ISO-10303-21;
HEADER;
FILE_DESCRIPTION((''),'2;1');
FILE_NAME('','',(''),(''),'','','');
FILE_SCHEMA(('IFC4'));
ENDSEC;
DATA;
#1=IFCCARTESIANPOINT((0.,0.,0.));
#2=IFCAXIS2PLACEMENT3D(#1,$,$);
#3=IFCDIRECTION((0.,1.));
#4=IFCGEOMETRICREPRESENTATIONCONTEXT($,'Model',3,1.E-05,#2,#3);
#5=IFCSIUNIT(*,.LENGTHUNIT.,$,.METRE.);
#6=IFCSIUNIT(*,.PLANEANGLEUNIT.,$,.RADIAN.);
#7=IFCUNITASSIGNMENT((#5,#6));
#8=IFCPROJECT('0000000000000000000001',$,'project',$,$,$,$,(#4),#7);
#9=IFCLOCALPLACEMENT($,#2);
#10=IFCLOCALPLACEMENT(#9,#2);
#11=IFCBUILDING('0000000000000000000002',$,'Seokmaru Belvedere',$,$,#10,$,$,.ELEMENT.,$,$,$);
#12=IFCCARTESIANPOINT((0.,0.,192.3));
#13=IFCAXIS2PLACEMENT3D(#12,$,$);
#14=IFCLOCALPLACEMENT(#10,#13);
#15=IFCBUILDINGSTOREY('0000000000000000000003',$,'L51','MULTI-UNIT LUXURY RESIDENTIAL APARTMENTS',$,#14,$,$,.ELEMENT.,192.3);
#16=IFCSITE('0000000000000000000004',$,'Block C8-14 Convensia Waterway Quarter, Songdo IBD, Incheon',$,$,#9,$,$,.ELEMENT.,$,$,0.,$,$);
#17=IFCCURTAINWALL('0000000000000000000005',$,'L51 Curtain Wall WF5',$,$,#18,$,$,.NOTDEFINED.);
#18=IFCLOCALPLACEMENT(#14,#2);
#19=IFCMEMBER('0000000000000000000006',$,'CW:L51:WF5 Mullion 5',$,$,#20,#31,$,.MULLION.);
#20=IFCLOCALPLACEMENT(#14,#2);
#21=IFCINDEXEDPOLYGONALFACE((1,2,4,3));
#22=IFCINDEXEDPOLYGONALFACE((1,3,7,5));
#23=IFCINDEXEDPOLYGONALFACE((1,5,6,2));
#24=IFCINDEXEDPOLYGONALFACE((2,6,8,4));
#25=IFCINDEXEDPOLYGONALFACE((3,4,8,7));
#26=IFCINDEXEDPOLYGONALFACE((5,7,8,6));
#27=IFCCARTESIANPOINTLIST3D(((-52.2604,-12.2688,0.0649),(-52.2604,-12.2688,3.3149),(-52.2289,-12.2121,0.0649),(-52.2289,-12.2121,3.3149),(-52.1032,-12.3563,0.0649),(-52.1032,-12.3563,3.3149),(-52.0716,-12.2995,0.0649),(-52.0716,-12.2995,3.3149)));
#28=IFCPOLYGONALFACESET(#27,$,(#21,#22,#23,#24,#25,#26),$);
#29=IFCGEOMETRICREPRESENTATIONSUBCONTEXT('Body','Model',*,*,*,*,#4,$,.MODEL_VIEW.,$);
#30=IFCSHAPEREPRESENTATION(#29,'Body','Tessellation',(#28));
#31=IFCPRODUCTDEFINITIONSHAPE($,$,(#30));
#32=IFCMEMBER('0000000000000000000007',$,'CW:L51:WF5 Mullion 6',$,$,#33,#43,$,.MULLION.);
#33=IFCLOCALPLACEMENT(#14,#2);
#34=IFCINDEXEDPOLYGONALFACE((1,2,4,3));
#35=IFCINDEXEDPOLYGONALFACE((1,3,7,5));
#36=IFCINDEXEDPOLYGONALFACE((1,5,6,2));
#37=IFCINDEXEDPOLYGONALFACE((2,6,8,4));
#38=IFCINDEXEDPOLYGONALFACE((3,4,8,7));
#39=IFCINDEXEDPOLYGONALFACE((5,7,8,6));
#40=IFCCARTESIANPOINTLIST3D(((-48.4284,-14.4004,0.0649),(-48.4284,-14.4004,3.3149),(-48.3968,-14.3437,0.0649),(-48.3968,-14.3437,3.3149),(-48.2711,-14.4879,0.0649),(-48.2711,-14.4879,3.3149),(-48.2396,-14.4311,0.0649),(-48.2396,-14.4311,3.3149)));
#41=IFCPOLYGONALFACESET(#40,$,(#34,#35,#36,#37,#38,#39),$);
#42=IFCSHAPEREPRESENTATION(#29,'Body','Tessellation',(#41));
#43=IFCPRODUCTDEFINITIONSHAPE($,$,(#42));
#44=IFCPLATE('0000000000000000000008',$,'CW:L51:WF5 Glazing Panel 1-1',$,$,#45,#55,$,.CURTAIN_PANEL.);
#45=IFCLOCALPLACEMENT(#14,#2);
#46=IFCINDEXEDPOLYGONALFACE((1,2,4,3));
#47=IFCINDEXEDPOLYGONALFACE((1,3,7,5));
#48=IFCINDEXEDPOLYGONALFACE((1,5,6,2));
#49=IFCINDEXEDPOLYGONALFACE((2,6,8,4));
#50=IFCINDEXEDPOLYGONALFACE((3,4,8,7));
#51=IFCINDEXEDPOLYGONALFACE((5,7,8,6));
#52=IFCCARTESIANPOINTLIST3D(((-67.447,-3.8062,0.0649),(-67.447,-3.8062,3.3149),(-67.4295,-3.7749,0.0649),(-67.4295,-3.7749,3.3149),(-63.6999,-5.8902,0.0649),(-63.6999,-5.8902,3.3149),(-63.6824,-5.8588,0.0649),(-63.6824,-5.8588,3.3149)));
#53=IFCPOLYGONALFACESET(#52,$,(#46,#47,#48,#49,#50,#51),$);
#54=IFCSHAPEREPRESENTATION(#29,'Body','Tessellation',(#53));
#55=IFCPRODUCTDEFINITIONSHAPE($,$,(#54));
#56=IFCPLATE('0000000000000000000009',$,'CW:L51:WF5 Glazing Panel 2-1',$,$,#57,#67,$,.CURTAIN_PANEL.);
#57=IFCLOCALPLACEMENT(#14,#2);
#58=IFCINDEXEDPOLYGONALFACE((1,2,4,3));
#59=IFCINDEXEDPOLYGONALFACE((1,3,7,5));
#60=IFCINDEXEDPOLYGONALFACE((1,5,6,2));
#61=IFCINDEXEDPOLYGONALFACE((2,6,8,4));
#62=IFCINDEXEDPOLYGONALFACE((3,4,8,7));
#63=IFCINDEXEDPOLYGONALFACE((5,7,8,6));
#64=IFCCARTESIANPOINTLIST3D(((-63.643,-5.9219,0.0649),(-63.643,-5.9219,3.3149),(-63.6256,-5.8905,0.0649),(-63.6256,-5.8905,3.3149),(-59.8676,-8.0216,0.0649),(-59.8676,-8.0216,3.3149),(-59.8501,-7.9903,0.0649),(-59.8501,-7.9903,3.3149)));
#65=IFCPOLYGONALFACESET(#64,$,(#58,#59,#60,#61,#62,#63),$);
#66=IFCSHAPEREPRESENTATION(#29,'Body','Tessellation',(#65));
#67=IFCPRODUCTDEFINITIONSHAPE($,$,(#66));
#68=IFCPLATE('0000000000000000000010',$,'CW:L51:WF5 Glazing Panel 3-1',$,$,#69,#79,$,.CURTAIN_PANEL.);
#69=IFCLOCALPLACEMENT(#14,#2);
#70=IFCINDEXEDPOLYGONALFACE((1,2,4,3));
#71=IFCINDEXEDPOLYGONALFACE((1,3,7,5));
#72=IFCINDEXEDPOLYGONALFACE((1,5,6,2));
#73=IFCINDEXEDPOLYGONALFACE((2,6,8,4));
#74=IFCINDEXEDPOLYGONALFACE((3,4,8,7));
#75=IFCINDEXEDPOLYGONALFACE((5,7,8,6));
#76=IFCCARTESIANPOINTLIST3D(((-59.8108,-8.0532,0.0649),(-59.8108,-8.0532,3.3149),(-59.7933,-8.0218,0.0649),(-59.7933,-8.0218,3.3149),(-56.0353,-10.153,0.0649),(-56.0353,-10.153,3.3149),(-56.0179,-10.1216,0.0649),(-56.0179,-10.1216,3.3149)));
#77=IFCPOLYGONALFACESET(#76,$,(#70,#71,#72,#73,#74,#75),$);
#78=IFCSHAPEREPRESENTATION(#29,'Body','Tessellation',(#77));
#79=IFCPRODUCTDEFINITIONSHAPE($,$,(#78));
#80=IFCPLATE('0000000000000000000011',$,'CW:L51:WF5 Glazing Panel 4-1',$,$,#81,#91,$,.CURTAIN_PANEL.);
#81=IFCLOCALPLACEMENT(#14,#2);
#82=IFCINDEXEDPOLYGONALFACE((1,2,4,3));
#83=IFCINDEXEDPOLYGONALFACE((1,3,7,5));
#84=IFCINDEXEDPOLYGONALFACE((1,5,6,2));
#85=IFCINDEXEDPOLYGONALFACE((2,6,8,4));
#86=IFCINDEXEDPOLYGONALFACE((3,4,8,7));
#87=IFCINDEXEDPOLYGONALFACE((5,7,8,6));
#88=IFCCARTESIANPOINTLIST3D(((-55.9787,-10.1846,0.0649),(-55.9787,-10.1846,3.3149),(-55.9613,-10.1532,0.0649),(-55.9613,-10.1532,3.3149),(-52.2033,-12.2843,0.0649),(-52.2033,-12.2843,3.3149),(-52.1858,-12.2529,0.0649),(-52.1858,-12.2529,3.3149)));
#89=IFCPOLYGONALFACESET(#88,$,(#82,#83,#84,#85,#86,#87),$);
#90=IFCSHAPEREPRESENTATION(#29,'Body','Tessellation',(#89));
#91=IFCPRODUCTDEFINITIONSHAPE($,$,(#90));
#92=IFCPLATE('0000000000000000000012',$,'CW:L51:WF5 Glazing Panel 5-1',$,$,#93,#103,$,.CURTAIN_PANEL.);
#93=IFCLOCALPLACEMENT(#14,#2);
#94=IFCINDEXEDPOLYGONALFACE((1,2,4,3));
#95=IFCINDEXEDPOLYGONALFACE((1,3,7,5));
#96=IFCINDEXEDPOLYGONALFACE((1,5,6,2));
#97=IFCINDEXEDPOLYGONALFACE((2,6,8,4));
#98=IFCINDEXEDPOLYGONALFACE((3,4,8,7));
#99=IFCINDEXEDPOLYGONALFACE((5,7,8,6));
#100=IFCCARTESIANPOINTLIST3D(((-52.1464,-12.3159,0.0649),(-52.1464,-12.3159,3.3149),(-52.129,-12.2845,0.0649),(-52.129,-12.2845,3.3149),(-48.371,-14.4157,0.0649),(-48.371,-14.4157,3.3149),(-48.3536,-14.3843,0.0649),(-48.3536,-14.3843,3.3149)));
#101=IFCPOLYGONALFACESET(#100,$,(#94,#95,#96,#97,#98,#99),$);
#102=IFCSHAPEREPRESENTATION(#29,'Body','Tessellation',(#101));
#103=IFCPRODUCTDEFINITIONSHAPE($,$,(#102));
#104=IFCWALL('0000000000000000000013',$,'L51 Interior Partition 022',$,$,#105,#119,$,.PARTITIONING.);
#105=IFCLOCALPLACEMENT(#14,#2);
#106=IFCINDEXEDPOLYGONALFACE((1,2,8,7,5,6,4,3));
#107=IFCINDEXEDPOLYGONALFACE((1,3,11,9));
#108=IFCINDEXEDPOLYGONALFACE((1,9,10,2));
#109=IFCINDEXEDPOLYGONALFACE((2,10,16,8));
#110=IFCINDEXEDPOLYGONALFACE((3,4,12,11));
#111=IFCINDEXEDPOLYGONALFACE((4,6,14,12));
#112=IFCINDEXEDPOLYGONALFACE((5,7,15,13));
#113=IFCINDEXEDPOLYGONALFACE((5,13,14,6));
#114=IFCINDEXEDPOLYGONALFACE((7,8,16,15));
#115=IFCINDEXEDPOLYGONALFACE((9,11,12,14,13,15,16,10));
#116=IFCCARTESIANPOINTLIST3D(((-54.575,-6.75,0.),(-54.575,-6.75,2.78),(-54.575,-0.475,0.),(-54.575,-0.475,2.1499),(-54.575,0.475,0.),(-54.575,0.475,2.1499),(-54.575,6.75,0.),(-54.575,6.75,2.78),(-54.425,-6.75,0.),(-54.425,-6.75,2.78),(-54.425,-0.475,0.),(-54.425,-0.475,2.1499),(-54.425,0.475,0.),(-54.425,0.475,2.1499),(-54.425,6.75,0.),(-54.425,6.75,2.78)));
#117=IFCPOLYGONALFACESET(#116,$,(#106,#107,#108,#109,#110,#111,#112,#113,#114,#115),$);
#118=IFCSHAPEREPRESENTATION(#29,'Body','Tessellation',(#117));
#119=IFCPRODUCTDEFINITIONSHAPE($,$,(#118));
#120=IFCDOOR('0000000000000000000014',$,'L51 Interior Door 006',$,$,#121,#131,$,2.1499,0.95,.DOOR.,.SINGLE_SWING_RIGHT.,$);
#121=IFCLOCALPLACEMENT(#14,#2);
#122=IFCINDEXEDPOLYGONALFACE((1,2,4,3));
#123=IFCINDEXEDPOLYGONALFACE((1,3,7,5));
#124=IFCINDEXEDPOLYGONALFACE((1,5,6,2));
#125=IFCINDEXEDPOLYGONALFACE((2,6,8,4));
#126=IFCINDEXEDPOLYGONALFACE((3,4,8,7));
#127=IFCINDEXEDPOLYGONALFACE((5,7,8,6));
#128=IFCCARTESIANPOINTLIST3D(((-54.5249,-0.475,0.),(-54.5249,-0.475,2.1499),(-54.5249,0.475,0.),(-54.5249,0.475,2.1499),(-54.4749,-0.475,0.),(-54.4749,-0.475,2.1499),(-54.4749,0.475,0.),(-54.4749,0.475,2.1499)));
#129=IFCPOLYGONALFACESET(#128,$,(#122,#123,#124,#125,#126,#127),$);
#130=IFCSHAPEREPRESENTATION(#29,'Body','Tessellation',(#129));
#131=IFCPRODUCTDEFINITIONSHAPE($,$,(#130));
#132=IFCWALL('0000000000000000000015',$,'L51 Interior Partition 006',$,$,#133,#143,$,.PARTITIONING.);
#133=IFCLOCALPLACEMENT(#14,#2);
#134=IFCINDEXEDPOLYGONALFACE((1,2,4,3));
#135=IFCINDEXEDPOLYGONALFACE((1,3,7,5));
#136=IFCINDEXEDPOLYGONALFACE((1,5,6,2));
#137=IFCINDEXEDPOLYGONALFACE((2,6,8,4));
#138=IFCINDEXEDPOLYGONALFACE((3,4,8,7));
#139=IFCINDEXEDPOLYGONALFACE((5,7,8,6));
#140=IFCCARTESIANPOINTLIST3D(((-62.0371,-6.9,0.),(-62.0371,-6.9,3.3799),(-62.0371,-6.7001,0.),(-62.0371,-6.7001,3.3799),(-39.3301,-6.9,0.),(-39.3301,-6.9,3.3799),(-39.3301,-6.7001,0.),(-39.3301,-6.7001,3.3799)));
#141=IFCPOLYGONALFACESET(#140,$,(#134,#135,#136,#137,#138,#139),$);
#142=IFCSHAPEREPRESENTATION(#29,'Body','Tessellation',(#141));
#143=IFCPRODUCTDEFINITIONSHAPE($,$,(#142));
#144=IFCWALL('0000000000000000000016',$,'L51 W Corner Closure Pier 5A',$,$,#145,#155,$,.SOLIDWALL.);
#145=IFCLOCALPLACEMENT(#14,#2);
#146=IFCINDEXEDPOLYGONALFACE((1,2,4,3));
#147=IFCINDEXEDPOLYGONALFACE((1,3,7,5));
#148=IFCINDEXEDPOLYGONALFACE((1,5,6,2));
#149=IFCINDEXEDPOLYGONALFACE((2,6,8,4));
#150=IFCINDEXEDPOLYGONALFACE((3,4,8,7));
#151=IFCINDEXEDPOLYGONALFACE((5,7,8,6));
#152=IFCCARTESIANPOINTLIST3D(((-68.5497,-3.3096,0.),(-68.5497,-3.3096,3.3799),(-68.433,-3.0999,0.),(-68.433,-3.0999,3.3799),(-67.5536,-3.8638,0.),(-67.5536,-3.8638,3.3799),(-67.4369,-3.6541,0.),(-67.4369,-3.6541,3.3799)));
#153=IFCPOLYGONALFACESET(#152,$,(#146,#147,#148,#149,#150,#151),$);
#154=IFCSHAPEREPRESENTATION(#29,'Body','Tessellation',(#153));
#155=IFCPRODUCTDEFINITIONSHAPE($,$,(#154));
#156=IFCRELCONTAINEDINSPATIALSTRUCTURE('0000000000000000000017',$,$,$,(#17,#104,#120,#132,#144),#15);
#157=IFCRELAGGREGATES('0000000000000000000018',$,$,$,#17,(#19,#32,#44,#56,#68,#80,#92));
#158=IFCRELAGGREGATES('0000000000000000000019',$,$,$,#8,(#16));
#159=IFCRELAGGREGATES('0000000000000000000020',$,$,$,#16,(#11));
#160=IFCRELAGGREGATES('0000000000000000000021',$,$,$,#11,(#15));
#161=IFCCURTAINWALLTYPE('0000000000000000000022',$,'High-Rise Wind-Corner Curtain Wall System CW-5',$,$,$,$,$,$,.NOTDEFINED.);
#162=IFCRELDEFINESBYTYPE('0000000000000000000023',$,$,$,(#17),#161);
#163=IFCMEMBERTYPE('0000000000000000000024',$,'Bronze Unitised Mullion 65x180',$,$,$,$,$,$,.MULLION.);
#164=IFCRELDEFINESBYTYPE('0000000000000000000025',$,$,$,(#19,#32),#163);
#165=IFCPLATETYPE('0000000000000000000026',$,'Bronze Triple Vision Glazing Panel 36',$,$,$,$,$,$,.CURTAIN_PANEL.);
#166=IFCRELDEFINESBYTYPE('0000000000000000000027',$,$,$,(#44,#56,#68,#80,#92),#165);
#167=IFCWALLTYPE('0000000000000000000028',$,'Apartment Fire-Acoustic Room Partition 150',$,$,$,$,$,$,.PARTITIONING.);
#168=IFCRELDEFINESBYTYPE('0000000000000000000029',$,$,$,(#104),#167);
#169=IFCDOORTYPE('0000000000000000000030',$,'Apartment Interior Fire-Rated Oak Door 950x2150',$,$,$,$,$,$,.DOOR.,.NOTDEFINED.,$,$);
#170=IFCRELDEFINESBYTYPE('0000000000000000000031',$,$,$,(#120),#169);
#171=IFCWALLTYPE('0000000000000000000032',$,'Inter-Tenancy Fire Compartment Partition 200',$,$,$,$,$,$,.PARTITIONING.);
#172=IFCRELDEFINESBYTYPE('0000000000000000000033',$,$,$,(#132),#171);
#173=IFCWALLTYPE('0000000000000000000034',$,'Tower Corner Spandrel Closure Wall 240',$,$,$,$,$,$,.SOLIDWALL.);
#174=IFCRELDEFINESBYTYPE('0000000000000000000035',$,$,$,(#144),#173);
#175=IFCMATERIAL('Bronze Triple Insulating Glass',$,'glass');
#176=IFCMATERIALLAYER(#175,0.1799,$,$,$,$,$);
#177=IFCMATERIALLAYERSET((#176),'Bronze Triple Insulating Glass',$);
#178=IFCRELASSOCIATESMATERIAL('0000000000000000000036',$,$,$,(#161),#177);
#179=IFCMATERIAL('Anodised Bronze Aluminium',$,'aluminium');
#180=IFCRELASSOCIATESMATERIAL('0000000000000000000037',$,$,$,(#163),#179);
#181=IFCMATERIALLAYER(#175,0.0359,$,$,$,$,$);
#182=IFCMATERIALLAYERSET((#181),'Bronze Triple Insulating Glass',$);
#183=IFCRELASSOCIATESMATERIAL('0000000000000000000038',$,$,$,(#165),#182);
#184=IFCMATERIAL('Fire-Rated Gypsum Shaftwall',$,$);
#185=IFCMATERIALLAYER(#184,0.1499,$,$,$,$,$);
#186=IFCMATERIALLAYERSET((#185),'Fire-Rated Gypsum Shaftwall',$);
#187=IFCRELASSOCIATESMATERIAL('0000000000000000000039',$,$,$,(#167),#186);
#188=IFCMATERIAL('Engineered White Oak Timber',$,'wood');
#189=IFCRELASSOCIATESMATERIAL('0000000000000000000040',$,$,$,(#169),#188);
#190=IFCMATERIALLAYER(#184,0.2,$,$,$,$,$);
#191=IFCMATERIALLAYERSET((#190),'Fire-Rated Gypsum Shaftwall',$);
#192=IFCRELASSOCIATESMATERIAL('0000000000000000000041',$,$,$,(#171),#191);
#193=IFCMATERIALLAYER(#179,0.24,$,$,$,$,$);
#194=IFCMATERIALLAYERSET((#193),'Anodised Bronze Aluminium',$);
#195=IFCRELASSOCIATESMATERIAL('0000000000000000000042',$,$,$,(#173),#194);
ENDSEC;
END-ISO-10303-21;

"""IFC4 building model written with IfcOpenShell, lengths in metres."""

from ifc_helpers import new_model, si_unit, direction, frame, frame_2d, origin, origin_2d, place, context, subcontext, project, spatial, rectangle, extrude, source, transform, mapped, material, layer, layer_set, material_profile, profile_set, type_object, type_shapes, element, fill, aggregate, save


model = new_model("IFC4")

# Units and contexts
model_context = context("Model", 3, precision=1e-05, world=origin(), true_north=direction((0.0, 1.0)))
body_context = subcontext(model_context, "Body", "Model", "MODEL_VIEW")
ifc_project = project(units=[si_unit("LENGTHUNIT", "METRE"), si_unit("PLANEANGLEUNIT", "RADIAN")], contexts=[model_context])

# Site, building, storey
site_placement = place(None, origin())
site = spatial("IfcSite", under=ifc_project, at=site_placement, Name="Block C8-14 Convensia Waterway Quarter, Songdo IBD, Incheon", CompositionType="ELEMENT", RefElevation=0.0)
building_placement = place(site_placement, origin())
building = spatial("IfcBuilding", under=site, at=building_placement, Name="Seokmaru Belvedere", CompositionType="ELEMENT")
storey_placement = place(building_placement, frame((0.0, 0.0, 192.3)))
storey = spatial("IfcBuildingStorey", under=building, at=storey_placement, Name="L51", Description="MULTI-UNIT LUXURY RESIDENTIAL APARTMENTS", CompositionType="ELEMENT", Elevation=192.3)

# Curtain wall, members, plates
ifc_material_1 = material(Name="Bronze Triple Insulating Glass", Category="glass")
ifc_layer_1 = layer(ifc_material_1, 0.1799)
ifc_layer_set_1 = layer_set([ifc_layer_1], Name="Bronze Triple Insulating Glass")
curtain_wall_type = type_object("IfcCurtainWallType", Name="High-Rise Wind-Corner Curtain Wall System CW-5", PredefinedType="NOTDEFINED", material=ifc_layer_set_1)
curtain_wall_placement = place(storey_placement, origin())
curtain_wall = element("IfcCurtainWall", 1, at=curtain_wall_placement, inside=storey, type_object=curtain_wall_type, Name="L51 Curtain Wall WF5", PredefinedType="NOTDEFINED")
ifc_material_2 = material(Name="Anodised Bronze Aluminium", Category="aluminium")
ifc_material_profile_1 = material_profile(ifc_material_2, rectangle(XDim=0.0649, YDim=0.1799, at=origin_2d()), Name="CW-M-65x180")
ifc_profile_set_1 = profile_set([ifc_material_profile_1], Name="Anodised Bronze Aluminium")
member_type_1 = type_object("IfcMemberType", Name="Bronze Unitised Mullion 65x180", PredefinedType="MULLION", material=ifc_profile_set_1)
shared_shape_1 = source(origin(), body_context, "Body", "SweptSolid", [
    extrude(rectangle(XDim=0.0649, YDim=0.1799, at=origin_2d()), origin(), (0.0, 0.0, 1.0), 3.25),
])
member_1_placement = place(storey_placement, frame((-52.166, -12.2842, 0.0649), z_axis=(0.0, 0.0, 1.0), x_axis=(0.486047, 0.873933, 0.0)))
member_1 = element("IfcMember", 2, at=member_1_placement, type_object=member_type_1, Name="CW:L51:WF5 Mullion 5", PredefinedType="MULLION", context=body_context, shape_type="MappedRepresentation", body=[
    mapped(shared_shape_1, transform((0.0, 0.0, 0.0), scale=1.0)),
])
member_2_placement = place(storey_placement, frame((-48.334, -14.4158, 0.0649), z_axis=(0.0, 0.0, 1.0), x_axis=(0.486047, 0.873933, 0.0)))
member_2 = element("IfcMember", 3, at=member_2_placement, type_object=member_type_1, Name="CW:L51:WF5 Mullion 6", PredefinedType="MULLION", context=body_context, shape_type="MappedRepresentation", body=[
    mapped(shared_shape_1, transform((0.0, 0.0, 0.0), scale=1.0)),
])
ifc_layer_2 = layer(ifc_material_1, 0.0359)
ifc_layer_set_2 = layer_set([ifc_layer_2], Name="Bronze Triple Insulating Glass")
plate_type = type_object("IfcPlateType", Name="Bronze Triple Vision Glazing Panel 36", PredefinedType="CURTAIN_PANEL", material=ifc_layer_set_2)
shared_shape_2 = source(origin(), body_context, "Body", "SweptSolid", [
    extrude(rectangle(XDim=4.2876, YDim=0.0359, at=origin_2d()), origin(), (0.0, 0.0, 1.0), 3.25),
])
plate_1_placement = place(storey_placement, frame((-65.5647, -4.8325, 0.0649), z_axis=(0.0, 0.0, 1.0), x_axis=(0.873933, -0.486047, 0.0)))
plate_1 = element("IfcPlate", 4, at=plate_1_placement, type_object=plate_type, Name="CW:L51:WF5 Glazing Panel 1-1", PredefinedType="CURTAIN_PANEL", context=body_context, shape_type="MappedRepresentation", body=[
    mapped(shared_shape_2, transform((0.0, 0.0, 0.0), scale=1.0)),
])
shared_shape_3 = source(origin(), body_context, "Body", "SweptSolid", [
    extrude(rectangle(XDim=4.3201, YDim=0.0359, at=origin_2d()), origin(), (0.0, 0.0, 1.0), 3.25),
])
type_shapes(plate_type, [shared_shape_2, shared_shape_3])
plate_2_placement = place(storey_placement, frame((-61.7466, -6.9561, 0.0649), z_axis=(0.0, 0.0, 1.0), x_axis=(0.873933, -0.486047, 0.0)))
plate_2 = element("IfcPlate", 5, at=plate_2_placement, type_object=plate_type, Name="CW:L51:WF5 Glazing Panel 2-1", PredefinedType="CURTAIN_PANEL", context=body_context, shape_type="MappedRepresentation", body=[
    mapped(shared_shape_3, transform((0.0, 0.0, 0.0), scale=1.0)),
])
plate_3_placement = place(storey_placement, frame((-57.9143, -9.0874, 0.0649), z_axis=(0.0, 0.0, 1.0), x_axis=(0.873933, -0.486047, 0.0)))
plate_3 = element("IfcPlate", 6, at=plate_3_placement, type_object=plate_type, Name="CW:L51:WF5 Glazing Panel 3-1", PredefinedType="CURTAIN_PANEL", context=body_context, shape_type="MappedRepresentation", body=[
    mapped(shared_shape_3, transform((0.0, 0.0, 0.0), scale=1.0)),
])
plate_4_placement = place(storey_placement, frame((-54.0823, -11.2188, 0.0649), z_axis=(0.0, 0.0, 1.0), x_axis=(0.873933, -0.486047, 0.0)))
plate_4 = element("IfcPlate", 7, at=plate_4_placement, type_object=plate_type, Name="CW:L51:WF5 Glazing Panel 4-1", PredefinedType="CURTAIN_PANEL", context=body_context, shape_type="MappedRepresentation", body=[
    mapped(shared_shape_3, transform((0.0, 0.0, 0.0), scale=1.0)),
])
plate_5_placement = place(storey_placement, frame((-50.25, -13.3501, 0.0649), z_axis=(0.0, 0.0, 1.0), x_axis=(0.873933, -0.486047, 0.0)))
plate_5 = element("IfcPlate", 8, at=plate_5_placement, type_object=plate_type, Name="CW:L51:WF5 Glazing Panel 5-1", PredefinedType="CURTAIN_PANEL", context=body_context, shape_type="MappedRepresentation", body=[
    mapped(shared_shape_3, transform((0.0, 0.0, 0.0), scale=1.0)),
])
aggregate(curtain_wall, [member_1, member_2, plate_1, plate_2, plate_3, plate_4, plate_5])

# Wall, opening, door
ifc_material_3 = material(Name="Fire-Rated Gypsum Shaftwall")
ifc_layer_3 = layer(ifc_material_3, 0.1499)
ifc_layer_set_3 = layer_set([ifc_layer_3], Name="Fire-Rated Gypsum Shaftwall")
wall_type_1 = type_object("IfcWallType", Name="Apartment Fire-Acoustic Room Partition 150", PredefinedType="PARTITIONING", material=ifc_layer_set_3)
wall_1_placement = place(storey_placement, frame((-54.5, -6.75, 0.0), z_axis=(0.0, 0.0, 1.0), x_axis=(0.0, 1.0, 0.0)))
wall_1 = element("IfcWall", 9, at=wall_1_placement, inside=storey, type_object=wall_type_1, Name="L51 Interior Partition 022", PredefinedType="PARTITIONING", context=body_context, shape_type="SweptSolid", body=[
    extrude(rectangle(XDim=13.5, YDim=0.1499, at=frame_2d((6.75, 0.0))), origin(), (0.0, 0.0, 1.0), 2.78),
])
opening_placement = place(wall_1_placement, frame((6.2749, 0.0, 0.0)))
opening = element("IfcOpeningElement", 10, at=opening_placement, cuts=wall_1, PredefinedType="OPENING", context=body_context, shape_type="SweptSolid", body=[
    extrude(rectangle(XDim=0.95, YDim=2.1499, at=frame_2d((0.4751, 1.075))), frame((0.0, 0.085, 0.0), z_axis=(0.0, -1.0, 0.0), x_axis=(1.0, 0.0, 0.0)), (0.0, 0.0, 1.0), 0.1699),
])
ifc_material_4 = material(Name="Engineered White Oak Timber", Category="wood")
door_type = type_object("IfcDoorType", Name="Apartment Interior Fire-Rated Oak Door 950x2150", OperationType="NOTDEFINED", PredefinedType="DOOR", material=ifc_material_4)
shared_shape_4 = source(origin(), body_context, "Body", "SweptSolid", [
    extrude(rectangle(XDim=0.95, YDim=2.1499, at=frame_2d((0.4751, 1.075))), frame((0.0, 0.0249, 0.0), z_axis=(0.0, -1.0, 0.0), x_axis=(1.0, 0.0, 0.0)), (0.0, 0.0, 1.0), 0.05),
])
type_shapes(door_type, [shared_shape_4])
door_placement = place(opening_placement, origin())
door = element("IfcDoor", 11, at=door_placement, inside=storey, type_object=door_type, Name="L51 Interior Door 006", OperationType="SINGLE_SWING_RIGHT", OverallHeight=2.1499, OverallWidth=0.95, PredefinedType="DOOR", context=body_context, shape_type="MappedRepresentation", body=[
    mapped(shared_shape_4, transform((0.0, 0.0, 0.0), scale=1.0)),
])
fill(opening, door)

# Walls
ifc_layer_4 = layer(ifc_material_3, 0.2)
ifc_layer_set_4 = layer_set([ifc_layer_4], Name="Fire-Rated Gypsum Shaftwall")
wall_type_2 = type_object("IfcWallType", Name="Inter-Tenancy Fire Compartment Partition 200", PredefinedType="PARTITIONING", material=ifc_layer_set_4)
wall_2_placement = place(storey_placement, frame((-62.0371, -6.8, 0.0), z_axis=(0.0, 0.0, 1.0), x_axis=(1.0, 0.0, 0.0)))
element("IfcWall", 12, at=wall_2_placement, inside=storey, type_object=wall_type_2, Name="L51 Interior Partition 006", PredefinedType="PARTITIONING", context=body_context, shape_type="SweptSolid", body=[
    extrude(rectangle(XDim=22.707, YDim=0.2, at=frame_2d((11.3535, 0.0))), origin(), (0.0, 0.0, 1.0), 3.3799),
])
ifc_layer_5 = layer(ifc_material_2, 0.24)
ifc_layer_set_5 = layer_set([ifc_layer_5], Name="Anodised Bronze Aluminium")
wall_type_3 = type_object("IfcWallType", Name="Tower Corner Spandrel Closure Wall 240", PredefinedType="SOLIDWALL", material=ifc_layer_set_5)
wall_3_placement = place(storey_placement, frame((-68.4912, -3.2048, 0.0), z_axis=(0.0, 0.0, 1.0), x_axis=(0.873854, -0.486188, 0.0)))
element("IfcWall", 13, at=wall_3_placement, inside=storey, type_object=wall_type_3, Name="L51 W Corner Closure Pier 5A", PredefinedType="SOLIDWALL", context=body_context, shape_type="SweptSolid", body=[
    extrude(rectangle(XDim=1.1399, YDim=0.24, at=frame_2d((0.5698, 0.0))), origin(), (0.0, 0.0, 1.0), 3.3799),
])

save(model, "model.ifc")
